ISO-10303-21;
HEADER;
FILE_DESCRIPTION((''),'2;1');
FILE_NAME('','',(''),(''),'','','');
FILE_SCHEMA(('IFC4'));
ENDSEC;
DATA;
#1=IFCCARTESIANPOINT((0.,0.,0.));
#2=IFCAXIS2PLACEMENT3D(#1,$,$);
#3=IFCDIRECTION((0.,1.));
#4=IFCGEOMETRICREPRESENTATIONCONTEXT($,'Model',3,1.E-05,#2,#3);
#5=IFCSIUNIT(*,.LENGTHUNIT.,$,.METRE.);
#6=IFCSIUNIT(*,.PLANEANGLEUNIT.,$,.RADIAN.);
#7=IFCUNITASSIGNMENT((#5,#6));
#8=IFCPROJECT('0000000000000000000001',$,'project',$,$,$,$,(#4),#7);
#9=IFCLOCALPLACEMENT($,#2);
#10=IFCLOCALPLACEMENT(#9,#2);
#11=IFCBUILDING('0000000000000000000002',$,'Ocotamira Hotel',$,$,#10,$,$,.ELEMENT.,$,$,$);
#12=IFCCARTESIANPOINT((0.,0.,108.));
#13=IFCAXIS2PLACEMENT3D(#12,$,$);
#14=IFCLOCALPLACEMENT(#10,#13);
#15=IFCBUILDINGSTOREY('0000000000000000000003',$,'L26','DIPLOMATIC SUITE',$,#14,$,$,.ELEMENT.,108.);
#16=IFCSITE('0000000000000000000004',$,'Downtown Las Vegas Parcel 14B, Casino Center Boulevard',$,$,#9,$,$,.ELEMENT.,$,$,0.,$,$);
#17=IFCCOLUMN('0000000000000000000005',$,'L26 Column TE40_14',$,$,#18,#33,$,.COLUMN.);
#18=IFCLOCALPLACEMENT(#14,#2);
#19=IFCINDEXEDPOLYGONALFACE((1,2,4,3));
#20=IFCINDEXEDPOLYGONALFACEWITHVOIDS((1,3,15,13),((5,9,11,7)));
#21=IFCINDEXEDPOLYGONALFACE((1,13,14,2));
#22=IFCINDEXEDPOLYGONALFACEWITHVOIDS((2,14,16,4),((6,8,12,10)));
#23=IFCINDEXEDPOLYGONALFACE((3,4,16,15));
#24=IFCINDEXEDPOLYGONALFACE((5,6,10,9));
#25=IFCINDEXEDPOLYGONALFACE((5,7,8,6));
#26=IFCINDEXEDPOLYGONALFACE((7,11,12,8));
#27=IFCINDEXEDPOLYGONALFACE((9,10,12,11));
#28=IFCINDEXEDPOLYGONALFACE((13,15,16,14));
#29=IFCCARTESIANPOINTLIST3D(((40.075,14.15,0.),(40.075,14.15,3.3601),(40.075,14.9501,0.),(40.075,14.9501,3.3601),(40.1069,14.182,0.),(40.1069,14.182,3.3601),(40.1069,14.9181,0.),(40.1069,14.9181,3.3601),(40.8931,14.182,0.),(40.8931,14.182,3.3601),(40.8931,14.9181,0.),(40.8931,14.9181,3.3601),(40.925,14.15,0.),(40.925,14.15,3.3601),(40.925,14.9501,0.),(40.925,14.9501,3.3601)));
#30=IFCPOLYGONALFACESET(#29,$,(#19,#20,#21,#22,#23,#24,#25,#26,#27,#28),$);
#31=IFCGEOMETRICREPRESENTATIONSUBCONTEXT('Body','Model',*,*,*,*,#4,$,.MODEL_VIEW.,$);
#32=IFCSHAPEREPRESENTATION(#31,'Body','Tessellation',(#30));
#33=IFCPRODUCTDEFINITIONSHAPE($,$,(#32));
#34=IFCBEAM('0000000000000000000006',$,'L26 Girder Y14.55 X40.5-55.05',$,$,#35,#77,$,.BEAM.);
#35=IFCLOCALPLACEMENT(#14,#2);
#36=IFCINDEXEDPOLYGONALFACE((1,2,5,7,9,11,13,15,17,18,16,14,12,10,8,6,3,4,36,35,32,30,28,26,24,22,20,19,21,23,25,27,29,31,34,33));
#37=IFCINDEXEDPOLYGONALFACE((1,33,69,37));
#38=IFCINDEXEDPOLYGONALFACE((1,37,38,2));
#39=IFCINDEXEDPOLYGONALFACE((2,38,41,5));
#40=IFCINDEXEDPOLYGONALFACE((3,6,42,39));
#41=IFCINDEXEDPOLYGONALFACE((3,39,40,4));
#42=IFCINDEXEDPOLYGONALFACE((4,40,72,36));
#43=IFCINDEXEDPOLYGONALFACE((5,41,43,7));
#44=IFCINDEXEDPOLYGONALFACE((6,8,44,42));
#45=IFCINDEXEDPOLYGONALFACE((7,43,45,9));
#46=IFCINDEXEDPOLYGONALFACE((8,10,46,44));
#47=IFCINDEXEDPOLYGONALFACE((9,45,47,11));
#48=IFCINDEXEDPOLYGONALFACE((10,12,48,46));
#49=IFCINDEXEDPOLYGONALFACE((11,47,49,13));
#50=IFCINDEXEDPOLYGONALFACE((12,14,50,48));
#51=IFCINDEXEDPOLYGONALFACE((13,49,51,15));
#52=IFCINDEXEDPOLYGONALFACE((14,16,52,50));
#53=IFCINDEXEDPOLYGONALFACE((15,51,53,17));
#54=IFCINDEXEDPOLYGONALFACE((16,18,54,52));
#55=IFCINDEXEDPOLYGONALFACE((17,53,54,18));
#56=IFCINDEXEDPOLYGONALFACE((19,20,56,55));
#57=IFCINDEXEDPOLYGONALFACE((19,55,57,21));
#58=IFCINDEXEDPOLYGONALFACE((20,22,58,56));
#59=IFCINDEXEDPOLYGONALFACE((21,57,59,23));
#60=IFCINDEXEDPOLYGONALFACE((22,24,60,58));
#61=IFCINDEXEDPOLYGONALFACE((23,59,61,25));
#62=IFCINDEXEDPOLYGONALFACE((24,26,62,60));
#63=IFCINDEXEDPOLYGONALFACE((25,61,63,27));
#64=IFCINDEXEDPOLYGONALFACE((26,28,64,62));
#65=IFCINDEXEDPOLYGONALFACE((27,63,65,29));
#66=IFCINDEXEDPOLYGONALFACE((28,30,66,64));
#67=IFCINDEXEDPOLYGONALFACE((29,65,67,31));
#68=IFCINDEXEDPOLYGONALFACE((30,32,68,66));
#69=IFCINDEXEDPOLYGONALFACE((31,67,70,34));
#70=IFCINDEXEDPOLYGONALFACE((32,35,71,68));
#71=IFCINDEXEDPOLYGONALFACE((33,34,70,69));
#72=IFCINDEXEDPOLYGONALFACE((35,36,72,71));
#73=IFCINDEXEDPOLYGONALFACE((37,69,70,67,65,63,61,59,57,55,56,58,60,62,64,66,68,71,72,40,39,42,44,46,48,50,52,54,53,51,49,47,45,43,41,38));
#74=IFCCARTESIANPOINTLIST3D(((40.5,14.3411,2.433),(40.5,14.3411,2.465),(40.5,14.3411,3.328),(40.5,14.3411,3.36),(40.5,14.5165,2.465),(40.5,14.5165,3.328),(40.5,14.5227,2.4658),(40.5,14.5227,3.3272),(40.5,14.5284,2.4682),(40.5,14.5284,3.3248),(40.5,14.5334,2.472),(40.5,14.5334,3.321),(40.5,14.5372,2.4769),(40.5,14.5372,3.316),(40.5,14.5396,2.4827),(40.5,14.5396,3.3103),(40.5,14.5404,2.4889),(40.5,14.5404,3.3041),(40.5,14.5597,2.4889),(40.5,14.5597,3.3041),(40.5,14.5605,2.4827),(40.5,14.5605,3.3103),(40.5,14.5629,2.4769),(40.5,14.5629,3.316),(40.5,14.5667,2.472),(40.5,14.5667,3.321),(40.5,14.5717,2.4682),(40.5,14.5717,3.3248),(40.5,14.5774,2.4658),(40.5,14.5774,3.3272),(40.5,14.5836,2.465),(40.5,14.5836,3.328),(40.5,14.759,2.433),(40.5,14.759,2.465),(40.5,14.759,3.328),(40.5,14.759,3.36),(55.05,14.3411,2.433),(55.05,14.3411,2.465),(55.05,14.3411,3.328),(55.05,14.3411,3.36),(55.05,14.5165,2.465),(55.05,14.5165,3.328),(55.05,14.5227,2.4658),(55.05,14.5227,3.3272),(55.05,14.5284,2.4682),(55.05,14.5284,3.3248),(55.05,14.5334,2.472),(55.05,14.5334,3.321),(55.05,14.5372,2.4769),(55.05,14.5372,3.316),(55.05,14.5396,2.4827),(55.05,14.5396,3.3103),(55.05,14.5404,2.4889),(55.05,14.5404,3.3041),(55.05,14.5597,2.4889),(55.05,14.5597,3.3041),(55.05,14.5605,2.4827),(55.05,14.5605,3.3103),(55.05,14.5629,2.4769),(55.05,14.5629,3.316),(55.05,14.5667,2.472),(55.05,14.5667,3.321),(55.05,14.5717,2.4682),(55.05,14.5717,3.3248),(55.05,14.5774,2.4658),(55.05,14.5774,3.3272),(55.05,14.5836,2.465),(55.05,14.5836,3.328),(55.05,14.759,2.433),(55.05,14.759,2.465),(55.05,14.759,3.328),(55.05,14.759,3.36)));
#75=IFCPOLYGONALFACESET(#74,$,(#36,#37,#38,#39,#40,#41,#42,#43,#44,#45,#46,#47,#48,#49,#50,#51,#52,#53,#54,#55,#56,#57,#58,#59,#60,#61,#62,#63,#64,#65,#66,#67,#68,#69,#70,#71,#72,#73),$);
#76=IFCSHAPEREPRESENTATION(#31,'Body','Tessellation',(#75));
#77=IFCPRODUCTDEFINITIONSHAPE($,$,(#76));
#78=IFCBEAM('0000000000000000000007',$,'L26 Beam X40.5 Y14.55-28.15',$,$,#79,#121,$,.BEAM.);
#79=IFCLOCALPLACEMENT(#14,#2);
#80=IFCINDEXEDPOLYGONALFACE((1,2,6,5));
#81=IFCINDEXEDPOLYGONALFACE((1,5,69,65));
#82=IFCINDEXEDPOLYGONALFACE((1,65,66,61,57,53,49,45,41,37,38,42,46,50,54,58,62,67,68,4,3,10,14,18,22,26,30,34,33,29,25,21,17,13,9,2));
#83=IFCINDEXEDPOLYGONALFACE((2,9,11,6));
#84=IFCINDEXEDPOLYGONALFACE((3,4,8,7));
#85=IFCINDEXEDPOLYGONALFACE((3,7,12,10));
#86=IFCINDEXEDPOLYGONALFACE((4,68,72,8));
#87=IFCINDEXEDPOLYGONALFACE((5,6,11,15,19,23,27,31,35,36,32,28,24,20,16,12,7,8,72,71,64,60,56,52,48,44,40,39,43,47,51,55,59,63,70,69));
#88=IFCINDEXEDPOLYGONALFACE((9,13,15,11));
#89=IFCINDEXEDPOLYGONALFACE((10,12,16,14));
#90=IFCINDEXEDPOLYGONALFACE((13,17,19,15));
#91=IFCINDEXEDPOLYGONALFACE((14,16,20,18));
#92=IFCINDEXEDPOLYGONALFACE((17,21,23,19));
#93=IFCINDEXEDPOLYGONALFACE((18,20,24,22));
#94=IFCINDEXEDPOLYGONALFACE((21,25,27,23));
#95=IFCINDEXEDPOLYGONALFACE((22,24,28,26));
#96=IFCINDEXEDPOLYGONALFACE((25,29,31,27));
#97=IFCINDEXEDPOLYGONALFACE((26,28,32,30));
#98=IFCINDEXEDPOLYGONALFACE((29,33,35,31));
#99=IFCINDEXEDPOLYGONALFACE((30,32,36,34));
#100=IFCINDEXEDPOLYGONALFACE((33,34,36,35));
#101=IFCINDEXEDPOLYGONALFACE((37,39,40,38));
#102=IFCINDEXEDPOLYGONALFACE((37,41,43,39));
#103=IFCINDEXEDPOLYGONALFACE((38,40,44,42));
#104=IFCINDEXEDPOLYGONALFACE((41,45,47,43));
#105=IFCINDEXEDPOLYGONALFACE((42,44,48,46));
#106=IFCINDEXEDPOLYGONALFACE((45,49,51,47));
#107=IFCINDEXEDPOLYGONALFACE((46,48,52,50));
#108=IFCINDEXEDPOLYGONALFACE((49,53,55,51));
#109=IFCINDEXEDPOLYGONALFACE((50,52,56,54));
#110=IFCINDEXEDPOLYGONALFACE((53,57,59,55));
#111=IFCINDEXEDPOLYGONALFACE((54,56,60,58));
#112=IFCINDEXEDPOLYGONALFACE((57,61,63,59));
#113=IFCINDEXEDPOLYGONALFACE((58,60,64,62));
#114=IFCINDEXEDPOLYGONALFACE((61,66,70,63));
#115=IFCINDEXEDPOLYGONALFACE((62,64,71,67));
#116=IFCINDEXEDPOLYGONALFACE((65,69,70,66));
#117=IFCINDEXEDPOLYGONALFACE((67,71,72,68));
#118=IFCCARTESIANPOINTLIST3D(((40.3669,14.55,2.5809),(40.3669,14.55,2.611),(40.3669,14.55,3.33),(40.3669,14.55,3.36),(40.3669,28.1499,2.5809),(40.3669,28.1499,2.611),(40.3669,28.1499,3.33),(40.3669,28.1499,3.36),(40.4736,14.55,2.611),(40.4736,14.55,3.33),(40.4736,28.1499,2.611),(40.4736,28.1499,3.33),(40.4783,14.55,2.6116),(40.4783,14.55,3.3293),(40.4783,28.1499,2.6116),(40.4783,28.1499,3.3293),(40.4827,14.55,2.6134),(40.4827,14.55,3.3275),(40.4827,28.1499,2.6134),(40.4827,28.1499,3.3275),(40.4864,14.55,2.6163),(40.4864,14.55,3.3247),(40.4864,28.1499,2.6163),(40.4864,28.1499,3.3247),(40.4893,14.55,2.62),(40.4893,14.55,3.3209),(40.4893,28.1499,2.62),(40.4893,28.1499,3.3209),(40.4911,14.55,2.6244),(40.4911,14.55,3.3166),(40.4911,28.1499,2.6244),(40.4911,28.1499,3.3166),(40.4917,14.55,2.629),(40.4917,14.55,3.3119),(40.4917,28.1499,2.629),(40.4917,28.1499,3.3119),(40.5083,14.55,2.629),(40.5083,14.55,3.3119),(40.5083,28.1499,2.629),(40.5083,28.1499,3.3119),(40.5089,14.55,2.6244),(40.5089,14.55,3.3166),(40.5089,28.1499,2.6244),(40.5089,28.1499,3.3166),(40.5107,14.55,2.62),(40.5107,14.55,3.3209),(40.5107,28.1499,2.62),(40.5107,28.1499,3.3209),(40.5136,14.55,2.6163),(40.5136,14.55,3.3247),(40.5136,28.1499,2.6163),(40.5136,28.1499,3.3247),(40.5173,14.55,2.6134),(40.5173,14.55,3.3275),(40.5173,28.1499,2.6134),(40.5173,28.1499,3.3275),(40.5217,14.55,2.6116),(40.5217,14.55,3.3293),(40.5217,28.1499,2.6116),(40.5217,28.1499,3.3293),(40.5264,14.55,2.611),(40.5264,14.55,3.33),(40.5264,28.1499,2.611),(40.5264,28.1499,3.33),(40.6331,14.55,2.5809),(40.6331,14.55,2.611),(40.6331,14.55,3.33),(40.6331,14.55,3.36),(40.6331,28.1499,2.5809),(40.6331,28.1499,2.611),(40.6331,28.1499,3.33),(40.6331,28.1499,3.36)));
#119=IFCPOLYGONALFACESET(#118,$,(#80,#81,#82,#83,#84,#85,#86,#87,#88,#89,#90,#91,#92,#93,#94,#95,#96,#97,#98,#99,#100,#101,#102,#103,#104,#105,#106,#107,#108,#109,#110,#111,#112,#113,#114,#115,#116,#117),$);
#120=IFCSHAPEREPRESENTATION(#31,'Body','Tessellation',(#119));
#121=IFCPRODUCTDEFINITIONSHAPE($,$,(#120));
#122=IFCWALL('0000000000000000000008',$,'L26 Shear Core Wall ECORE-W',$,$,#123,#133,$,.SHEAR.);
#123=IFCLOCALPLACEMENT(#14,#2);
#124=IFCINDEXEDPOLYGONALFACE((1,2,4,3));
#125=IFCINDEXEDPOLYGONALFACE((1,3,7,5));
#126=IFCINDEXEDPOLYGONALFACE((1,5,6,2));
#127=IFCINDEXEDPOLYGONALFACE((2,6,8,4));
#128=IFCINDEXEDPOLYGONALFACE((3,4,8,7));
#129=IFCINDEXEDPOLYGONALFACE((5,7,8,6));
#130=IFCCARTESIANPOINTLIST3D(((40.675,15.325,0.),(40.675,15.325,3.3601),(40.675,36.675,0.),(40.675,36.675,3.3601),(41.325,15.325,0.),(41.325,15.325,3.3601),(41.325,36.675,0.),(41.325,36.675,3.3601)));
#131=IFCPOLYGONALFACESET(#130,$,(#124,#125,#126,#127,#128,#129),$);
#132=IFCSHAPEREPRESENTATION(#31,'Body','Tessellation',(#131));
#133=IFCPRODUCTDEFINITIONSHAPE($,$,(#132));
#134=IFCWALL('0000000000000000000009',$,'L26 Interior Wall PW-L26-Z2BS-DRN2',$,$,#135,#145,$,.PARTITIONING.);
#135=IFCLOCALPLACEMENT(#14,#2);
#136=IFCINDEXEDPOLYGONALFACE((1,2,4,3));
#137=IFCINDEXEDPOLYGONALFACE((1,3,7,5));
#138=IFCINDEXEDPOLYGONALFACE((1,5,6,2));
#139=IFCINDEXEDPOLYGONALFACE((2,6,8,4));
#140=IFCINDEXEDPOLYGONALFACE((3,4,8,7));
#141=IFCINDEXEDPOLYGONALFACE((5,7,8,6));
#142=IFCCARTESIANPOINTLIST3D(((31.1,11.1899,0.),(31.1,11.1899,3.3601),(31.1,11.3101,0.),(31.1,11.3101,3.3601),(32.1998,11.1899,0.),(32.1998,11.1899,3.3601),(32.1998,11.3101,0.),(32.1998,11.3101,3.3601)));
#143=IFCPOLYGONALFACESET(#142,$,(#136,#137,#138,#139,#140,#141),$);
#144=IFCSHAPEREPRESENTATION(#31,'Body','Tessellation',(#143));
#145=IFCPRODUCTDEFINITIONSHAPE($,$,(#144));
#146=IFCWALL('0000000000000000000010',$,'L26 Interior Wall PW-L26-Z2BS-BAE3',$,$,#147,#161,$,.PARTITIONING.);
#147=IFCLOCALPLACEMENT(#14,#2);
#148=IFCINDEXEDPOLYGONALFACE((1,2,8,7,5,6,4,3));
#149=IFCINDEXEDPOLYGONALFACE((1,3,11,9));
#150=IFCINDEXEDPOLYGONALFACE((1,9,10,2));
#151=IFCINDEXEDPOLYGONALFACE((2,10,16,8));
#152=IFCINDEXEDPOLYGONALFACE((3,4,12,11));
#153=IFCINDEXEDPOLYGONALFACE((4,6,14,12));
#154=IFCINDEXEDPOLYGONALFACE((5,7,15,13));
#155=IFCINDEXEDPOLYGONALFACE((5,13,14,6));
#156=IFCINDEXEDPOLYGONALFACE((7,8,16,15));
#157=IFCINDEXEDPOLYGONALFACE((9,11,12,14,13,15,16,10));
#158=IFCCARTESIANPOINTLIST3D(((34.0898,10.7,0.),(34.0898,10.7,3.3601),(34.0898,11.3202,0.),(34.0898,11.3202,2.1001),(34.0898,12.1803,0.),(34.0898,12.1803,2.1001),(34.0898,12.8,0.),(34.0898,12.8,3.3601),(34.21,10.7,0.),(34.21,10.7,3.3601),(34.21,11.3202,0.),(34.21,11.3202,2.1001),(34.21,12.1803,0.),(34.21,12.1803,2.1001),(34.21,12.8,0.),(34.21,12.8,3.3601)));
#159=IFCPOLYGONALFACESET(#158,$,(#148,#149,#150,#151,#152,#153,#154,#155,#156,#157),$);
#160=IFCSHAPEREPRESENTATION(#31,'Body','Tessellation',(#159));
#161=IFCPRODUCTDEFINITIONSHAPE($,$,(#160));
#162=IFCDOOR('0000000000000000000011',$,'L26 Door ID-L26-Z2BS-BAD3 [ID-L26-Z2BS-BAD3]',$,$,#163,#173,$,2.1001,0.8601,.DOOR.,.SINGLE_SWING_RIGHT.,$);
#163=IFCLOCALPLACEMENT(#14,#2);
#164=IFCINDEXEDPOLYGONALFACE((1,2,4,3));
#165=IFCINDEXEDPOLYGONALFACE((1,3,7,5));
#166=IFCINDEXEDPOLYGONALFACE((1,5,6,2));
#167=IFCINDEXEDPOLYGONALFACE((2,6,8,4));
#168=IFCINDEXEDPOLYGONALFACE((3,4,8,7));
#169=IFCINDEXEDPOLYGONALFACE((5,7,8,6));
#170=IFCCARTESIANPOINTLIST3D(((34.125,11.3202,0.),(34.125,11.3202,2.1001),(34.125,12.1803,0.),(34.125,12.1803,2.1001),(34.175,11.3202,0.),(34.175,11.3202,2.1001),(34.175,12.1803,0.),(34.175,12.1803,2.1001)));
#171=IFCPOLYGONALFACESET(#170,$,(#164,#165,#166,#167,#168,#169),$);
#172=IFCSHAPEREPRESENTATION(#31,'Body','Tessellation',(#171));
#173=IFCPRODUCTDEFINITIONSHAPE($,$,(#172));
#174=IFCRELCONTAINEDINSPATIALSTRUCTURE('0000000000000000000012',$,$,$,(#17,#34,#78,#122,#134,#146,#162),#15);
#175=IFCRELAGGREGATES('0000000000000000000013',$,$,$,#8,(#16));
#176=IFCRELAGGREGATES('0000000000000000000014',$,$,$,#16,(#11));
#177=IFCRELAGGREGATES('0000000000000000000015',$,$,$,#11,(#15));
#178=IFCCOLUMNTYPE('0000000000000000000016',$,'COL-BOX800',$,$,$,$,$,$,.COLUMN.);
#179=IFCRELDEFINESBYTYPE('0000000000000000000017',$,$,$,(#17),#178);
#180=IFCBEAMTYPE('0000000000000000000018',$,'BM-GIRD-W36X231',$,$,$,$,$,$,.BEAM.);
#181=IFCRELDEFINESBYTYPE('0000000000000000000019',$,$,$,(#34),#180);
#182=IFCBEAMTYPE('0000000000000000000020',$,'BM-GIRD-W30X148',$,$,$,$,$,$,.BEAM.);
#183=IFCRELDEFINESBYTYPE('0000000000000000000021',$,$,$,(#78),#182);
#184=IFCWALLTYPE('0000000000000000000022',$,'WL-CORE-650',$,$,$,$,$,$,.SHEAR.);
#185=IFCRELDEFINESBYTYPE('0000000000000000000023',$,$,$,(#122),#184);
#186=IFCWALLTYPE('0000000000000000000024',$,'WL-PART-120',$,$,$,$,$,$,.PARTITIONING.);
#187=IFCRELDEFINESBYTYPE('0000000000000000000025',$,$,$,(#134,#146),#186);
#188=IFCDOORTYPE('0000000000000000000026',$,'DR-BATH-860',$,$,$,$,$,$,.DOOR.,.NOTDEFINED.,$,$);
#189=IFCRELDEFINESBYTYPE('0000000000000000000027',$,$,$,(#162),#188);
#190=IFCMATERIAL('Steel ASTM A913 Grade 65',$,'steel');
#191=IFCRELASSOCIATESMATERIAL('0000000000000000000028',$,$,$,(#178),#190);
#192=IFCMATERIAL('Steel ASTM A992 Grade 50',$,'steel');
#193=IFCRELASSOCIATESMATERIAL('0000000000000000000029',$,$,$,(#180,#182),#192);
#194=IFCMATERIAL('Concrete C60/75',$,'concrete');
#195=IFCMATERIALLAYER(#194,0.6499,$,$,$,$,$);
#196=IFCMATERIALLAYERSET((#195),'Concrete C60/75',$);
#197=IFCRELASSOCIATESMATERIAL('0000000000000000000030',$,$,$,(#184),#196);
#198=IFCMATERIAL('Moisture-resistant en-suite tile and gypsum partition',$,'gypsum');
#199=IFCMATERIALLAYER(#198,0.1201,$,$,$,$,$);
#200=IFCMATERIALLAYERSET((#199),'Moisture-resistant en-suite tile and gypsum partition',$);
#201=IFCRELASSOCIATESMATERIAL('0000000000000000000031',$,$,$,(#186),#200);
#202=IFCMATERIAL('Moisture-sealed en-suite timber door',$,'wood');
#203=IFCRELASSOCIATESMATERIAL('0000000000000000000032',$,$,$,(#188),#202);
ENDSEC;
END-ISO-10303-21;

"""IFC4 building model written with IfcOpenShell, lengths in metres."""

from ifc_helpers import new_model, si_unit, direction, frame, frame_2d, origin, origin_2d, place, context, subcontext, project, spatial, rectangle, hollow_rectangle, i_section, extrude, source, transform, mapped, material, layer, layer_set, material_profile, profile_set, type_object, element, fill, save


model = new_model("IFC4")

# Units and contexts
model_context = context("Model", 3, precision=1e-05, world=origin(), true_north=direction((0.0, 1.0)))
body_context = subcontext(model_context, "Body", "Model", "MODEL_VIEW")
ifc_project = project(units=[si_unit("LENGTHUNIT", "METRE"), si_unit("PLANEANGLEUNIT", "RADIAN")], contexts=[model_context])

# Site, building, storey
site_placement = place(None, origin())
site = spatial("IfcSite", under=ifc_project, at=site_placement, Name="Downtown Las Vegas Parcel 14B, Casino Center Boulevard", CompositionType="ELEMENT", RefElevation=0.0)
building_placement = place(site_placement, origin())
building = spatial("IfcBuilding", under=site, at=building_placement, Name="Ocotamira Hotel", CompositionType="ELEMENT")
storey_placement = place(building_placement, frame((0.0, 0.0, 108.0)))
storey = spatial("IfcBuildingStorey", under=building, at=storey_placement, Name="L26", Description="DIPLOMATIC SUITE", CompositionType="ELEMENT", Elevation=108.0)

# Column
ifc_material_1 = material(Name="Steel ASTM A913 Grade 65", Category="steel")
ifc_material_profile_1 = material_profile(ifc_material_1, hollow_rectangle(XDim=0.8501, YDim=0.8, WallThickness=0.032, at=origin_2d()), Name="BOX800X850X32")
ifc_profile_set_1 = profile_set([ifc_material_profile_1], Name="Steel ASTM A913 Grade 65")
column_type = type_object("IfcColumnType", Name="COL-BOX800", PredefinedType="COLUMN", material=ifc_profile_set_1)
shared_shape_1 = source(origin(), body_context, "Body", "SweptSolid", [
    extrude(hollow_rectangle(XDim=0.8501, YDim=0.8, WallThickness=0.032, at=origin_2d()), origin(), (0.0, 0.0, 1.0), 3.3601),
])
column_placement = place(storey_placement, frame((40.5, 14.55, 0.0), z_axis=(0.0, 0.0, 1.0), x_axis=(1.0, 0.0, 0.0)))
element("IfcColumn", 1, at=column_placement, inside=storey, type_object=column_type, Name="L26 Column TE40_14", PredefinedType="COLUMN", context=body_context, shape_type="MappedRepresentation", body=[
    mapped(shared_shape_1, transform((0.0, 0.0, 0.0), scale=1.0)),
])

# Beams
ifc_material_2 = material(Name="Steel ASTM A992 Grade 50", Category="steel")
ifc_material_profile_2 = material_profile(ifc_material_2, i_section(OverallWidth=0.418, OverallDepth=0.927, WebThickness=0.0193, FlangeThickness=0.032, FilletRadius=0.0239, at=origin_2d()), Name="W36X231")
ifc_profile_set_2 = profile_set([ifc_material_profile_2], Name="Steel ASTM A992 Grade 50")
beam_type_1 = type_object("IfcBeamType", Name="BM-GIRD-W36X231", PredefinedType="BEAM", material=ifc_profile_set_2)
shared_shape_2 = source(origin(), body_context, "Body", "SweptSolid", [
    extrude(i_section(OverallWidth=0.418, OverallDepth=0.927, WebThickness=0.0193, FlangeThickness=0.032, FilletRadius=0.0239, at=origin_2d()), origin(), (0.0, 0.0, 1.0), 14.55),
])
beam_1_placement = place(storey_placement, frame((40.5, 14.55, 2.8965), z_axis=(1.0, 0.0, 0.0), x_axis=(0.0, 1.0, 0.0)))
element("IfcBeam", 2, at=beam_1_placement, inside=storey, type_object=beam_type_1, Name="L26 Girder Y14.55 X40.5-55.05", PredefinedType="BEAM", context=body_context, shape_type="MappedRepresentation", body=[
    mapped(shared_shape_2, transform((0.0, 0.0, 0.0), scale=1.0)),
])
ifc_material_profile_3 = material_profile(ifc_material_2, i_section(OverallWidth=0.2661, OverallDepth=0.7791, WebThickness=0.0166, FlangeThickness=0.03, FilletRadius=0.0181, at=origin_2d()), Name="W30X148")
ifc_profile_set_3 = profile_set([ifc_material_profile_3], Name="Steel ASTM A992 Grade 50")
beam_type_2 = type_object("IfcBeamType", Name="BM-GIRD-W30X148", PredefinedType="BEAM", material=ifc_profile_set_3)
shared_shape_3 = source(origin(), body_context, "Body", "SweptSolid", [
    extrude(i_section(OverallWidth=0.2661, OverallDepth=0.7791, WebThickness=0.0166, FlangeThickness=0.03, FilletRadius=0.0181, at=origin_2d()), origin(), (0.0, 0.0, 1.0), 13.5999),
])
beam_2_placement = place(storey_placement, frame((40.5, 14.55, 2.9705), z_axis=(0.0, 1.0, 0.0), x_axis=(-1.0, 0.0, 0.0)))
element("IfcBeam", 3, at=beam_2_placement, inside=storey, type_object=beam_type_2, Name="L26 Beam X40.5 Y14.55-28.15", PredefinedType="BEAM", context=body_context, shape_type="MappedRepresentation", body=[
    mapped(shared_shape_3, transform((0.0, 0.0, 0.0), scale=1.0)),
])

# Shared definitions
ifc_material_3 = material(Name="Concrete C60/75", Category="concrete")
ifc_layer_1 = layer(ifc_material_3, 0.6499)
ifc_layer_set_1 = layer_set([ifc_layer_1], Name="Concrete C60/75")
wall_type_1 = type_object("IfcWallType", Name="WL-CORE-650", PredefinedType="SHEAR", material=ifc_layer_set_1)

# Walls
wall_1_placement = place(storey_placement, frame((41.0, 15.325, 0.0), z_axis=(0.0, 0.0, 1.0), x_axis=(0.0, 1.0, 0.0)))
element("IfcWall", 4, at=wall_1_placement, inside=storey, type_object=wall_type_1, Name="L26 Shear Core Wall ECORE-W", PredefinedType="SHEAR", context=body_context, shape_type="SweptSolid", body=[
    extrude(rectangle(XDim=21.3501, YDim=0.6499, at=frame_2d((10.675, 0.0))), origin(), (0.0, 0.0, 1.0), 3.3601),
])
ifc_material_4 = material(Name="Moisture-resistant en-suite tile and gypsum partition", Category="gypsum")
ifc_layer_2 = layer(ifc_material_4, 0.1201)
ifc_layer_set_2 = layer_set([ifc_layer_2], Name="Moisture-resistant en-suite tile and gypsum partition")
wall_type_2 = type_object("IfcWallType", Name="WL-PART-120", PredefinedType="PARTITIONING", material=ifc_layer_set_2)
wall_2_placement = place(storey_placement, frame((31.1001, 11.25, 0.0), z_axis=(0.0, 0.0, 1.0), x_axis=(1.0, 0.0, 0.0)))
element("IfcWall", 5, at=wall_2_placement, inside=storey, type_object=wall_type_2, Name="L26 Interior Wall PW-L26-Z2BS-DRN2", PredefinedType="PARTITIONING", context=body_context, shape_type="SweptSolid", body=[
    extrude(rectangle(XDim=1.0999, YDim=0.1201, at=frame_2d((0.5498, 0.0))), origin(), (0.0, 0.0, 1.0), 3.3601),
])

# Wall, opening, door
wall_3_placement = place(storey_placement, frame((34.1499, 10.7, 0.0), z_axis=(0.0, 0.0, 1.0), x_axis=(0.0, 1.0, 0.0)))
wall_3 = element("IfcWall", 6, at=wall_3_placement, inside=storey, type_object=wall_type_2, Name="L26 Interior Wall PW-L26-Z2BS-BAE3", PredefinedType="PARTITIONING", context=body_context, shape_type="SweptSolid", body=[
    extrude(rectangle(XDim=2.1001, YDim=0.1201, at=frame_2d((1.05, 0.0))), origin(), (0.0, 0.0, 1.0), 3.3601),
])
opening_1_placement = place(wall_3_placement, frame((0.6201, 0.0, 0.0)))
opening_1 = element("IfcOpeningElement", 7, at=opening_1_placement, cuts=wall_3, PredefinedType="OPENING", context=body_context, shape_type="SweptSolid", body=[
    extrude(rectangle(XDim=0.8601, YDim=2.1001, at=frame_2d((0.4302, 1.05))), frame((0.0, 0.0701, 0.0), z_axis=(0.0, -1.0, 0.0), x_axis=(1.0, 0.0, 0.0)), (0.0, 0.0, 1.0), 0.1401),
])
ifc_material_5 = material(Name="Moisture-sealed en-suite timber door", Category="wood")
door_type_1 = type_object("IfcDoorType", Name="DR-BATH-860", OperationType="NOTDEFINED", PredefinedType="DOOR", material=ifc_material_5)
shared_shape_4 = source(origin(), body_context, "Body", "SweptSolid", [
    extrude(rectangle(XDim=0.8601, YDim=2.1001, at=frame_2d((0.4302, 1.05))), frame((0.0, 0.0249, 0.0), z_axis=(0.0, -1.0, 0.0), x_axis=(1.0, 0.0, 0.0)), (0.0, 0.0, 1.0), 0.05),
])
door_1_placement = place(opening_1_placement, origin())
door_1 = element("IfcDoor", 8, at=door_1_placement, inside=storey, type_object=door_type_1, Name="L26 Door ID-L26-Z2BS-BAD3 [ID-L26-Z2BS-BAD3]", OperationType="SINGLE_SWING_RIGHT", OverallHeight=2.1001, OverallWidth=0.8601, PredefinedType="DOOR", context=body_context, shape_type="MappedRepresentation", body=[
    mapped(shared_shape_4, transform((0.0, 0.0, 0.0), scale=1.0)),
])
fill(opening_1, door_1)

save(model, "model.ifc")
